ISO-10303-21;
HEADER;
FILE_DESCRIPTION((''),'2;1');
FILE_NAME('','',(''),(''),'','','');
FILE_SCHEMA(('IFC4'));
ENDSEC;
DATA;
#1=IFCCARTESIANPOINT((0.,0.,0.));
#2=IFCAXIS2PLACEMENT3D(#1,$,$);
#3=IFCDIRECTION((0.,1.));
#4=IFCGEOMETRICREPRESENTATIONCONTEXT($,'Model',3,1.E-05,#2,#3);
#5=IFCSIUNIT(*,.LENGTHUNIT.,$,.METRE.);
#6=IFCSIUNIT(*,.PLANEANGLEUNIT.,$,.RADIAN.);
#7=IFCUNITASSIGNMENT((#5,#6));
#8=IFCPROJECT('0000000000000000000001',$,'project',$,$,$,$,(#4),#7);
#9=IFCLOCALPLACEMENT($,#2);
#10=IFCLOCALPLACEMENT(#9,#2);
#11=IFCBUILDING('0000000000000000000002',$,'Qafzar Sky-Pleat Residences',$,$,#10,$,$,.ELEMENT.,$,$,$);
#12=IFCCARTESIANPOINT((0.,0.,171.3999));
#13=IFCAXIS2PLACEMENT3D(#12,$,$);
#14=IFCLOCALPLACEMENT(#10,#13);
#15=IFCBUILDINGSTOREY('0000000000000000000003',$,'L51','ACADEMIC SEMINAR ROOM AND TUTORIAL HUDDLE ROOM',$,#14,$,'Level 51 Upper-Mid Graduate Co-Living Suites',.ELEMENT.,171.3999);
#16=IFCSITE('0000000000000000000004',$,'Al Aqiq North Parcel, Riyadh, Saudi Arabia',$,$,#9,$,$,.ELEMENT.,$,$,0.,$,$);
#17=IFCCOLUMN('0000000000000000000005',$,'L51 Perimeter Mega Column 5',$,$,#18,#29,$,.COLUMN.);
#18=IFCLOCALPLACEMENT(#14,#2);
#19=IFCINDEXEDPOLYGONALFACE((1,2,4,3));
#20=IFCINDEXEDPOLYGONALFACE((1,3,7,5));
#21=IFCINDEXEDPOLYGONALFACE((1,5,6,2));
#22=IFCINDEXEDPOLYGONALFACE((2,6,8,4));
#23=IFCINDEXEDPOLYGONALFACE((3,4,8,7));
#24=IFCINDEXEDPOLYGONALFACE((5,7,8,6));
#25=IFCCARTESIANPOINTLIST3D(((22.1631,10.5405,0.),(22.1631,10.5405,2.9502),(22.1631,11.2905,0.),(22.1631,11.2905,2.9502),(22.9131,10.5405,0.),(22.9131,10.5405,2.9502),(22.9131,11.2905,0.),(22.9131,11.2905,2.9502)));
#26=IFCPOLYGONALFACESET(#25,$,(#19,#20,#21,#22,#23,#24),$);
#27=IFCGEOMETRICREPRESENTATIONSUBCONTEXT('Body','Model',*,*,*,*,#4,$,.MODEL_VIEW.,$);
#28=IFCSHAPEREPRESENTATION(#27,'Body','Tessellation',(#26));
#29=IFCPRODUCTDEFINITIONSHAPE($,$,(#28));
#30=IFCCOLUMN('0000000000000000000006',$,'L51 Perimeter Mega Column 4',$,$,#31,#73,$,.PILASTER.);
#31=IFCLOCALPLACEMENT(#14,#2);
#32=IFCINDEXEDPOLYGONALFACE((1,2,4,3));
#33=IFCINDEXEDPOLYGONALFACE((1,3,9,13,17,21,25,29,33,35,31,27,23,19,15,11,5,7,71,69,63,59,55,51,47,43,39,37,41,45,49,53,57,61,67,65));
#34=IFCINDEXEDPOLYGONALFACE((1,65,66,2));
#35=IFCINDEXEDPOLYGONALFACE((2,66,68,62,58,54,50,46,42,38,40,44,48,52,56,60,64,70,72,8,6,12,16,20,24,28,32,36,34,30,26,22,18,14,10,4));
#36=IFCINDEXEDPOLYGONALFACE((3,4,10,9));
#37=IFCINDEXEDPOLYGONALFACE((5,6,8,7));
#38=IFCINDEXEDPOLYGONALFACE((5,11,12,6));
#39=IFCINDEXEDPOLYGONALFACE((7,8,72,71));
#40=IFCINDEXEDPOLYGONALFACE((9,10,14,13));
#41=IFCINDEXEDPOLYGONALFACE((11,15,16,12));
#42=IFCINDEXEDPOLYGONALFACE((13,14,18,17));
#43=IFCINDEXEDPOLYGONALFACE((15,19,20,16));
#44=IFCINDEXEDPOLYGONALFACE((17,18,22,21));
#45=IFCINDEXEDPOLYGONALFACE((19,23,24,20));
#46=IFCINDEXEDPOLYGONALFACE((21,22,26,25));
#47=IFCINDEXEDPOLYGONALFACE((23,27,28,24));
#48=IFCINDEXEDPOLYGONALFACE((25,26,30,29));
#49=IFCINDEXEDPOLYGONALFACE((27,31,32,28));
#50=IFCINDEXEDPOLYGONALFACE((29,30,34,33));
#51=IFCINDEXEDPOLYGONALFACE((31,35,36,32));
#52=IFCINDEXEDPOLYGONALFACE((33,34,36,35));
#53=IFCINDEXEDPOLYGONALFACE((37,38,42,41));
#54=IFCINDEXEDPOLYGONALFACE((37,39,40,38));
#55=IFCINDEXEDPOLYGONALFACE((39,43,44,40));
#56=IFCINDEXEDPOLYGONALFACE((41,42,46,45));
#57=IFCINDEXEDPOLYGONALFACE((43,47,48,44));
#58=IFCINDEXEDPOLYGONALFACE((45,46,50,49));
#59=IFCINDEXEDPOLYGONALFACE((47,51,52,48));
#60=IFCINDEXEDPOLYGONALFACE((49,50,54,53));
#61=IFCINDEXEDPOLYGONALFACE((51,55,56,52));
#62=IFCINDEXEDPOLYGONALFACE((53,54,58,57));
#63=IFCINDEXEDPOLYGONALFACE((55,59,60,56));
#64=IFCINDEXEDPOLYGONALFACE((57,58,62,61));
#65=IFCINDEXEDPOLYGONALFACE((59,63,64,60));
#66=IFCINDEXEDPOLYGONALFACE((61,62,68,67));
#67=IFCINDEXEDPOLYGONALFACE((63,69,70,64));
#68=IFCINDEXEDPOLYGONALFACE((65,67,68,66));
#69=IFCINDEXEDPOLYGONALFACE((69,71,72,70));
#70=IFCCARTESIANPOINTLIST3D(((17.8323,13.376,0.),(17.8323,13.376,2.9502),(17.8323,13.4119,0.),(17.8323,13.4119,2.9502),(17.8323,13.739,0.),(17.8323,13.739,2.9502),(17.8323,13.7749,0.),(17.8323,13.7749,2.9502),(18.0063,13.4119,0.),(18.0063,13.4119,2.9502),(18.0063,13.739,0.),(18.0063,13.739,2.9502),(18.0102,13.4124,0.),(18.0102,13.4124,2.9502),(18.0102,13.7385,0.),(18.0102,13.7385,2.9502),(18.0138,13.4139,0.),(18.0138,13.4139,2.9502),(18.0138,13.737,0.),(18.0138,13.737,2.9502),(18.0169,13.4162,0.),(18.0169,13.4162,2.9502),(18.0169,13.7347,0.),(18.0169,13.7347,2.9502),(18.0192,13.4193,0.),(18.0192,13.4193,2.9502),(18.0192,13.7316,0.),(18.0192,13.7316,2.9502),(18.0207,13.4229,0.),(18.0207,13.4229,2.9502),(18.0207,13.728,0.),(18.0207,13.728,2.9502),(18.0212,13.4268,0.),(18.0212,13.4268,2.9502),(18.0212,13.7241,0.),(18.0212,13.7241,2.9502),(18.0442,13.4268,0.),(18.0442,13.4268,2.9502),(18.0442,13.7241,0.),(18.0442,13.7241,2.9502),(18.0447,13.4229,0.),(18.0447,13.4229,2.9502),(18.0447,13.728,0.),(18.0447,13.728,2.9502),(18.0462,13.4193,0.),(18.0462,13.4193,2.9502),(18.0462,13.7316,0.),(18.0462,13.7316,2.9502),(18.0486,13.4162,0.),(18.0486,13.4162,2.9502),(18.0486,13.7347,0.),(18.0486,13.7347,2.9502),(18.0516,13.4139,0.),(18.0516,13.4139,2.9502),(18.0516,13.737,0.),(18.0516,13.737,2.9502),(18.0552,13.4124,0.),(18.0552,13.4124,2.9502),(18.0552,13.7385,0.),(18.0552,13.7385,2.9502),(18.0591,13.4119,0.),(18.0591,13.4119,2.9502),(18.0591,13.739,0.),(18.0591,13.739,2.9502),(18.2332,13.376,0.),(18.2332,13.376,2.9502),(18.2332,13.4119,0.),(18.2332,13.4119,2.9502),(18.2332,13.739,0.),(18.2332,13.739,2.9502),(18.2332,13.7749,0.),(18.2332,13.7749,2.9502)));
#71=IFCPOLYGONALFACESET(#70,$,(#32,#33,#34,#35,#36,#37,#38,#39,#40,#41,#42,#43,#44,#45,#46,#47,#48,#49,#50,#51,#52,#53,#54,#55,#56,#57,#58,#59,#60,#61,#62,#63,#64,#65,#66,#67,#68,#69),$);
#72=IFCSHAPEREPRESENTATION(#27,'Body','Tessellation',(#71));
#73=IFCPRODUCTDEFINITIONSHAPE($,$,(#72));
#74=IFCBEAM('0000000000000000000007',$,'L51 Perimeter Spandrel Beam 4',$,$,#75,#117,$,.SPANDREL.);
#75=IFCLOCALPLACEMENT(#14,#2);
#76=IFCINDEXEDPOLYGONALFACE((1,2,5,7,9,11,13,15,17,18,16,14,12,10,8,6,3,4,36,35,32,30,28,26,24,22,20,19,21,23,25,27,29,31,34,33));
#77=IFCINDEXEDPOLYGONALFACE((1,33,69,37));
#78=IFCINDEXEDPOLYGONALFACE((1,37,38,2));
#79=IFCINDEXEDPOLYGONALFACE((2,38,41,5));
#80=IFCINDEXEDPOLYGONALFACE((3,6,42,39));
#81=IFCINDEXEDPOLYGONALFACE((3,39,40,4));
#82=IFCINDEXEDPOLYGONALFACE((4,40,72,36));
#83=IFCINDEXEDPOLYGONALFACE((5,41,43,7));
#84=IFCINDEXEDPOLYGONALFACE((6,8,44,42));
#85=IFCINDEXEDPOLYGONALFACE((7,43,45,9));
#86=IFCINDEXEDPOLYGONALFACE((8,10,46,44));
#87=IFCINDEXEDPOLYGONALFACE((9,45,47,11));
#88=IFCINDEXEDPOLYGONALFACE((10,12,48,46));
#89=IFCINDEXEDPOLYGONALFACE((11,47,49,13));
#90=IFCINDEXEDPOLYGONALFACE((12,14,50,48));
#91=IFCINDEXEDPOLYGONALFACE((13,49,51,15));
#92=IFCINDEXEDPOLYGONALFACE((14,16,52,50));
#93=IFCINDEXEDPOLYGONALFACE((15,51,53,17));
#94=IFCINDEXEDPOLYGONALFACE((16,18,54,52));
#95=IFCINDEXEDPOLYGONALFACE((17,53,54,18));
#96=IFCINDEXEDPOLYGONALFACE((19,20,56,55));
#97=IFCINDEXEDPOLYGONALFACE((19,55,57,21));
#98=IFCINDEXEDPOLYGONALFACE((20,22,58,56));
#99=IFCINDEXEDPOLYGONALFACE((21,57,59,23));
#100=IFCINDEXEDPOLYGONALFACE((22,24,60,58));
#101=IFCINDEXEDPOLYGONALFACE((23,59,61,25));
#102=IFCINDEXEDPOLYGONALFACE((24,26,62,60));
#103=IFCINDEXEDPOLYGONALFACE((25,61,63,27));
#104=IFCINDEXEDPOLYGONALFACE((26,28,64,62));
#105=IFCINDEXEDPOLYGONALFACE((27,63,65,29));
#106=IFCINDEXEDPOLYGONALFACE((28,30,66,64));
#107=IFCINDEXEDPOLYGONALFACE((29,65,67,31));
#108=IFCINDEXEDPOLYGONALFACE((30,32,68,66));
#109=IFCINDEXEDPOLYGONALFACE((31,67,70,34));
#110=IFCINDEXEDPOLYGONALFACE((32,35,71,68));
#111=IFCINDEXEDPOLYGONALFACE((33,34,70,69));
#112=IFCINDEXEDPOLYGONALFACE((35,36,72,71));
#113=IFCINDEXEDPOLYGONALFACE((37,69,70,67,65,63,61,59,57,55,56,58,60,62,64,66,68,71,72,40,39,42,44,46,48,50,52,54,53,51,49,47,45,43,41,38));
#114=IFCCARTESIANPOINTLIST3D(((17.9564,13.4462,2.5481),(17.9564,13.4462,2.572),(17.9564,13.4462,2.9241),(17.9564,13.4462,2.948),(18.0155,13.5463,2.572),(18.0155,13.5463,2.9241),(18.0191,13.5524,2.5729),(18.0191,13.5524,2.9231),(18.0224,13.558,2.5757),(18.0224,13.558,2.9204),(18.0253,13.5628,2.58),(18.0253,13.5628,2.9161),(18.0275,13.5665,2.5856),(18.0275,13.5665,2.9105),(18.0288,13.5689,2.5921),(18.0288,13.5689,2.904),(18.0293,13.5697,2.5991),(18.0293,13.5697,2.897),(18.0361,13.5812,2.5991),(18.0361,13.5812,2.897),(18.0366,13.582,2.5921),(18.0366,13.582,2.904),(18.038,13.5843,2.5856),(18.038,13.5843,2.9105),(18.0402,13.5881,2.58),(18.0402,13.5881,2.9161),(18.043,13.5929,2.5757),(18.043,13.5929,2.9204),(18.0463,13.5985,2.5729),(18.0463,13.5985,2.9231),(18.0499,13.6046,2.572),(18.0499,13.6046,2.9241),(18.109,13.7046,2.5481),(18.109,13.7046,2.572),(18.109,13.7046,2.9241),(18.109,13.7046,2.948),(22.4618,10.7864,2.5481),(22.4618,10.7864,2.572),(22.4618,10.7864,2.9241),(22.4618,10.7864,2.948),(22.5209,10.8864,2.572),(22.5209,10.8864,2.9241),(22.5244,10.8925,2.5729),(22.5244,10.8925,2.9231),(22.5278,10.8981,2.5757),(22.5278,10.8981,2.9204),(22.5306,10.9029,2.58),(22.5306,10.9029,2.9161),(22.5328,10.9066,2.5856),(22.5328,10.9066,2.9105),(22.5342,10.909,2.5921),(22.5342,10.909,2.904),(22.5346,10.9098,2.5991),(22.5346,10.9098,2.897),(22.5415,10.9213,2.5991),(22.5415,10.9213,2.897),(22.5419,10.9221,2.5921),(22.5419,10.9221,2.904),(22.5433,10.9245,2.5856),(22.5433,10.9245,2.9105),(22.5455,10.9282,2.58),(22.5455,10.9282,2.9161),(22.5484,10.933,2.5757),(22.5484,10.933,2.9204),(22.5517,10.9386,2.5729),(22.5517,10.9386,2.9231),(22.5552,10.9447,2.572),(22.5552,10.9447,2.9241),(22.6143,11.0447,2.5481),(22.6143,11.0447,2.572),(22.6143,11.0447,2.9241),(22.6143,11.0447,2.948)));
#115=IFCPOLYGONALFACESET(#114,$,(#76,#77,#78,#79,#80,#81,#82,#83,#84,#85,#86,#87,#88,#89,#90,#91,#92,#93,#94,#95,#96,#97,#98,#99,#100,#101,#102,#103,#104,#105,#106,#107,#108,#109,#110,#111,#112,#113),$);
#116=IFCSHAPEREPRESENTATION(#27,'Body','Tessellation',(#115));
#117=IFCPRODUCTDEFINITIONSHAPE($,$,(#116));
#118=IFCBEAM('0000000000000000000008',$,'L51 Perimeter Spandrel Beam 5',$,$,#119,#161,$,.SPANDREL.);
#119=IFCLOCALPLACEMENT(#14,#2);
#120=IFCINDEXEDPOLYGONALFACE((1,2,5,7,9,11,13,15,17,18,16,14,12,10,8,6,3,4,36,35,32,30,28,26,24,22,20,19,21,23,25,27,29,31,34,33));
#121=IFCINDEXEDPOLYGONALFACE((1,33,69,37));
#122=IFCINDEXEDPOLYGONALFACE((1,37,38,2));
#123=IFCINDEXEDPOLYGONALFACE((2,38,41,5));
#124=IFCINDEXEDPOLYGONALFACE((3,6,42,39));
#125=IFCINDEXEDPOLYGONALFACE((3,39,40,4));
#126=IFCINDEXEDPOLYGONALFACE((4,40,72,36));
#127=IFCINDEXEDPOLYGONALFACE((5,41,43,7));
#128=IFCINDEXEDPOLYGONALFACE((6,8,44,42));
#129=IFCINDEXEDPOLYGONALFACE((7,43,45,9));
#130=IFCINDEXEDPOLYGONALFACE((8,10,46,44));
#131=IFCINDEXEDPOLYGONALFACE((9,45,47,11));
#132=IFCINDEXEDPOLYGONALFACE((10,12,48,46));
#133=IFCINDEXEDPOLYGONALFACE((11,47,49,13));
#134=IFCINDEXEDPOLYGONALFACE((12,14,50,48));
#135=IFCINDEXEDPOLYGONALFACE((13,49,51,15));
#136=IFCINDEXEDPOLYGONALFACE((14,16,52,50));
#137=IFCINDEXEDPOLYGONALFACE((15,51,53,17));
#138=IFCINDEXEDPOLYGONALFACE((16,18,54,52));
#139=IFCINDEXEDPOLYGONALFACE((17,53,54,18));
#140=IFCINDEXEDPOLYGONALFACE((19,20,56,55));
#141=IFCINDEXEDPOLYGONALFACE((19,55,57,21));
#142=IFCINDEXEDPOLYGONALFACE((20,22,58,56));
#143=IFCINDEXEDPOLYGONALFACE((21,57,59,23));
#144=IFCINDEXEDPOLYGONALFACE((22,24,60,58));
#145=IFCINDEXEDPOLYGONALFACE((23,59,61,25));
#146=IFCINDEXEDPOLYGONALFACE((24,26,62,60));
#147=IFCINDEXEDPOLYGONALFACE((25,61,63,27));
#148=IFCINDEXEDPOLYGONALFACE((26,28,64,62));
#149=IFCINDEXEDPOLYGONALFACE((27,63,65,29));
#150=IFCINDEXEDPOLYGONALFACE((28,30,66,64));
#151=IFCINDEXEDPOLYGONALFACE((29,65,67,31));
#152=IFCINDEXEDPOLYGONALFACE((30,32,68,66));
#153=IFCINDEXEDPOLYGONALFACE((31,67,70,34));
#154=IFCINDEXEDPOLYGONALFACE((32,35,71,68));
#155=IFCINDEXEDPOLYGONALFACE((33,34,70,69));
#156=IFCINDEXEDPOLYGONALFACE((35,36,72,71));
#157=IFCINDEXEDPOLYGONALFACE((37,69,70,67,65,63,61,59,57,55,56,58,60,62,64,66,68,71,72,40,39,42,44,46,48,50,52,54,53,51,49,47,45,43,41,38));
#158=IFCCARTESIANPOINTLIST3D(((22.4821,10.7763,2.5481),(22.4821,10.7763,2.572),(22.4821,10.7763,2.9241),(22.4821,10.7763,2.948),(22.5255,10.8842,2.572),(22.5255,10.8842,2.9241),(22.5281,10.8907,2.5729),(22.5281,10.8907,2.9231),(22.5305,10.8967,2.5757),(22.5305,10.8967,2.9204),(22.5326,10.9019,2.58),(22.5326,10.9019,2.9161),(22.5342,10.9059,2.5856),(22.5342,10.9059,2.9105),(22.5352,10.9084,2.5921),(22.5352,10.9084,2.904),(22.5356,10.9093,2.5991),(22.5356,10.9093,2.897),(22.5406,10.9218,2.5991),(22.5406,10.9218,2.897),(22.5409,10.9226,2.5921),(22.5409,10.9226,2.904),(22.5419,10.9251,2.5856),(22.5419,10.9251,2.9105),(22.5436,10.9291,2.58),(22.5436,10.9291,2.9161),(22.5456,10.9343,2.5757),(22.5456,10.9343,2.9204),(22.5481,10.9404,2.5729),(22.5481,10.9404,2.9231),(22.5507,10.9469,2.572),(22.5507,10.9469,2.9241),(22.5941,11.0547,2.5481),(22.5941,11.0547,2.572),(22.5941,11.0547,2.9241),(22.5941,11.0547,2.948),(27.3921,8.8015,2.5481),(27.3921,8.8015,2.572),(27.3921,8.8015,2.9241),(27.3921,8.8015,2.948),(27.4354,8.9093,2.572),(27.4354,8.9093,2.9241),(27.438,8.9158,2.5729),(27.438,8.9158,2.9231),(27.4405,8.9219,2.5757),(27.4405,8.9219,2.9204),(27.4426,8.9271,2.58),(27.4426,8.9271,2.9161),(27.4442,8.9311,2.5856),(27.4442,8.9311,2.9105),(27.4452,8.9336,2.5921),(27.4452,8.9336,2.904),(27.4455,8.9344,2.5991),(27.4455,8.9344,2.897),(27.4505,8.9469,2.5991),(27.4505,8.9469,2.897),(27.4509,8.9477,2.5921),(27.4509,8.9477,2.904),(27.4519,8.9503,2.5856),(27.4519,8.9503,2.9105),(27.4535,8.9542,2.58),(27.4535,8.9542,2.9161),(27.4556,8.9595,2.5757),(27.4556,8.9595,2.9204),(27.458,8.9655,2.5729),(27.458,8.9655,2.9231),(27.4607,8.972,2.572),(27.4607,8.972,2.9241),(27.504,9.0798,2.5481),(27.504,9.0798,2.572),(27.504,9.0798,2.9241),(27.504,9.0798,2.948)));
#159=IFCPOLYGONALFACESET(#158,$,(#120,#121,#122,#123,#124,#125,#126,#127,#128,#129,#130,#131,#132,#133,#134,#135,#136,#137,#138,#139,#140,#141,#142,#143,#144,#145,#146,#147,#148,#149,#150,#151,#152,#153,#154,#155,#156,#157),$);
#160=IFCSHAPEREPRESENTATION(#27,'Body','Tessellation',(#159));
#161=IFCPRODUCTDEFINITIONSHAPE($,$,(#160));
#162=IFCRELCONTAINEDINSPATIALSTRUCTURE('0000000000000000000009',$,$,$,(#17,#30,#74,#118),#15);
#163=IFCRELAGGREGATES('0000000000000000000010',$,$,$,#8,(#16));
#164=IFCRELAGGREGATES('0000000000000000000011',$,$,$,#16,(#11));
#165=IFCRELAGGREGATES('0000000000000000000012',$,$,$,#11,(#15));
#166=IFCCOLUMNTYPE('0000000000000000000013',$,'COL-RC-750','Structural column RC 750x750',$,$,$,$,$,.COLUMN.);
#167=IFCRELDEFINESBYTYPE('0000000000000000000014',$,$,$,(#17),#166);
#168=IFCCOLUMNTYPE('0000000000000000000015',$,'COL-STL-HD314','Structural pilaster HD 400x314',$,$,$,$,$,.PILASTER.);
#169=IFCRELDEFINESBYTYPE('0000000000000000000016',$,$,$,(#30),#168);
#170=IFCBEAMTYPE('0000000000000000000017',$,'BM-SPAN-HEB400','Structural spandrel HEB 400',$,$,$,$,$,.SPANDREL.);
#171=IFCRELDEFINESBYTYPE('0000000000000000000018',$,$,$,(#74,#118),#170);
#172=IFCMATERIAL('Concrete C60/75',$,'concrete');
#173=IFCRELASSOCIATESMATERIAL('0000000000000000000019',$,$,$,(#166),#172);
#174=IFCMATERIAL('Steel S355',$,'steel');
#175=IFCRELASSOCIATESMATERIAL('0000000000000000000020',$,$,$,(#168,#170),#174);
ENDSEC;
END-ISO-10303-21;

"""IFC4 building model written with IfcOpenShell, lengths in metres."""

from ifc_helpers import new_model, si_unit, direction, frame, origin, origin_2d, place, context, subcontext, project, spatial, rectangle, i_section, extrude, source, transform, mapped, material, material_profile, profile_set, type_object, element, save


model = new_model("IFC4")

# Units and contexts
model_context = context("Model", 3, precision=1e-05, world=origin(), true_north=direction((0.0, 1.0)))
body_context = subcontext(model_context, "Body", "Model", "MODEL_VIEW")
ifc_project = project(units=[si_unit("LENGTHUNIT", "METRE"), si_unit("PLANEANGLEUNIT", "RADIAN")], contexts=[model_context])

# Site, building, storey
site_placement = place(None, origin())
site = spatial("IfcSite", under=ifc_project, at=site_placement, Name="Al Aqiq North Parcel, Riyadh, Saudi Arabia", CompositionType="ELEMENT", RefElevation=0.0)
building_placement = place(site_placement, origin())
building = spatial("IfcBuilding", under=site, at=building_placement, Name="Qafzar Sky-Pleat Residences", CompositionType="ELEMENT")
storey_placement = place(building_placement, frame((0.0, 0.0, 171.3999)))
storey = spatial("IfcBuildingStorey", under=building, at=storey_placement, Name="L51", Description="ACADEMIC SEMINAR ROOM AND TUTORIAL HUDDLE ROOM", LongName="Level 51 Upper-Mid Graduate Co-Living Suites", CompositionType="ELEMENT", Elevation=171.3999)

# Columns
ifc_material_1 = material(Name="Concrete C60/75", Category="concrete")
ifc_material_profile_1 = material_profile(ifc_material_1, rectangle(XDim=0.75, YDim=0.75, at=origin_2d()), Name="RC 750x750")
ifc_profile_set_1 = profile_set([ifc_material_profile_1], Name="Concrete C60/75")
column_type_1 = type_object("IfcColumnType", Name="COL-RC-750", Description="Structural column RC 750x750", PredefinedType="COLUMN", material=ifc_profile_set_1)
shared_shape_1 = source(origin(), body_context, "Body", "SweptSolid", [
    extrude(rectangle(XDim=0.75, YDim=0.75, at=origin_2d()), origin(), (0.0, 0.0, 1.0), 2.9502),
])
column_1_placement = place(storey_placement, frame((22.5381, 10.9155, 0.0), z_axis=(0.0, 0.0, 1.0), x_axis=(1.0, 0.0, 0.0)))
element("IfcColumn", 1, at=column_1_placement, inside=storey, type_object=column_type_1, Name="L51 Perimeter Mega Column 5", PredefinedType="COLUMN", context=body_context, shape_type="MappedRepresentation", body=[
    mapped(shared_shape_1, transform((0.0, 0.0, 0.0), x_axis=(1.0, 0.0, 0.0), y_axis=(0.0, 1.0, 0.0), z_axis=(0.0, 0.0, 1.0), scale=1.0)),
])
ifc_material_2 = material(Name="Steel S355", Category="steel")
ifc_material_profile_2 = material_profile(ifc_material_2, i_section(OverallWidth=0.4009, OverallDepth=0.3989, WebThickness=0.0229, FlangeThickness=0.0359, FilletRadius=0.0149, at=origin_2d()), Name="HD 400x314")
ifc_profile_set_2 = profile_set([ifc_material_profile_2], Name="Steel S355")
column_type_2 = type_object("IfcColumnType", Name="COL-STL-HD314", Description="Structural pilaster HD 400x314", PredefinedType="PILASTER", material=ifc_profile_set_2)
shared_shape_2 = source(origin(), body_context, "Body", "SweptSolid", [
    extrude(i_section(OverallWidth=0.4009, OverallDepth=0.3989, WebThickness=0.0229, FlangeThickness=0.0359, FilletRadius=0.0149, at=origin_2d()), origin(), (0.0, 0.0, 1.0), 2.9502),
])
column_2_placement = place(storey_placement, frame((18.0327, 13.5754, 0.0), z_axis=(0.0, 0.0, 1.0), x_axis=(1.0, 0.0, 0.0)))
element("IfcColumn", 2, at=column_2_placement, inside=storey, type_object=column_type_2, Name="L51 Perimeter Mega Column 4", PredefinedType="PILASTER", context=body_context, shape_type="MappedRepresentation", body=[
    mapped(shared_shape_2, transform((0.0, 0.0, 0.0), x_axis=(1.0, 0.0, 0.0), y_axis=(0.0, 1.0, 0.0), z_axis=(0.0, 0.0, 1.0), scale=1.0)),
])

# Beams
ifc_material_profile_3 = material_profile(ifc_material_2, i_section(OverallWidth=0.3, OverallDepth=0.3999, WebThickness=0.0134, FlangeThickness=0.0239, FilletRadius=0.0271, at=origin_2d()), Name="HEB 400")
ifc_profile_set_3 = profile_set([ifc_material_profile_3], Name="Steel S355")
beam_type_1 = type_object("IfcBeamType", Name="BM-SPAN-HEB400", Description="Structural spandrel HEB 400", PredefinedType="SPANDREL", material=ifc_profile_set_3)
shared_shape_3 = source(origin(), body_context, "Body", "SweptSolid", [
    extrude(i_section(OverallWidth=0.3, OverallDepth=0.3999, WebThickness=0.0134, FlangeThickness=0.0239, FilletRadius=0.0271, at=origin_2d()), origin(), (0.0, 0.0, 1.0), 5.2319),
])
beam_1_placement = place(storey_placement, frame((18.0327, 13.5754, 2.748), z_axis=(0.861123, -0.508396, 0.0), x_axis=(0.508396, 0.861123, 0.0)))
element("IfcBeam", 3, at=beam_1_placement, inside=storey, type_object=beam_type_1, Name="L51 Perimeter Spandrel Beam 4", PredefinedType="SPANDREL", context=body_context, shape_type="MappedRepresentation", body=[
    mapped(shared_shape_3, transform((0.0, 0.0, 0.0), x_axis=(1.0, 0.0, 0.0), y_axis=(0.0, 1.0, 0.0), z_axis=(0.0, 0.0, 1.0), scale=1.0)),
])
shared_shape_4 = source(origin(), body_context, "Body", "SweptSolid", [
    extrude(i_section(OverallWidth=0.3, OverallDepth=0.3999, WebThickness=0.0134, FlangeThickness=0.0239, FilletRadius=0.0271, at=origin_2d()), origin(), (0.0, 0.0, 1.0), 5.2922),
])
beam_2_placement = place(storey_placement, frame((22.5381, 10.9155, 2.748), z_axis=(0.927766, -0.373164, 0.0), x_axis=(0.373164, 0.927766, 0.0)))
element("IfcBeam", 4, at=beam_2_placement, inside=storey, type_object=beam_type_1, Name="L51 Perimeter Spandrel Beam 5", PredefinedType="SPANDREL", context=body_context, shape_type="MappedRepresentation", body=[
    mapped(shared_shape_4, transform((0.0, 0.0, 0.0), x_axis=(1.0, 0.0, 0.0), y_axis=(0.0, 1.0, 0.0), z_axis=(0.0, 0.0, 1.0), scale=1.0)),
])

save(model, "model.ifc")
